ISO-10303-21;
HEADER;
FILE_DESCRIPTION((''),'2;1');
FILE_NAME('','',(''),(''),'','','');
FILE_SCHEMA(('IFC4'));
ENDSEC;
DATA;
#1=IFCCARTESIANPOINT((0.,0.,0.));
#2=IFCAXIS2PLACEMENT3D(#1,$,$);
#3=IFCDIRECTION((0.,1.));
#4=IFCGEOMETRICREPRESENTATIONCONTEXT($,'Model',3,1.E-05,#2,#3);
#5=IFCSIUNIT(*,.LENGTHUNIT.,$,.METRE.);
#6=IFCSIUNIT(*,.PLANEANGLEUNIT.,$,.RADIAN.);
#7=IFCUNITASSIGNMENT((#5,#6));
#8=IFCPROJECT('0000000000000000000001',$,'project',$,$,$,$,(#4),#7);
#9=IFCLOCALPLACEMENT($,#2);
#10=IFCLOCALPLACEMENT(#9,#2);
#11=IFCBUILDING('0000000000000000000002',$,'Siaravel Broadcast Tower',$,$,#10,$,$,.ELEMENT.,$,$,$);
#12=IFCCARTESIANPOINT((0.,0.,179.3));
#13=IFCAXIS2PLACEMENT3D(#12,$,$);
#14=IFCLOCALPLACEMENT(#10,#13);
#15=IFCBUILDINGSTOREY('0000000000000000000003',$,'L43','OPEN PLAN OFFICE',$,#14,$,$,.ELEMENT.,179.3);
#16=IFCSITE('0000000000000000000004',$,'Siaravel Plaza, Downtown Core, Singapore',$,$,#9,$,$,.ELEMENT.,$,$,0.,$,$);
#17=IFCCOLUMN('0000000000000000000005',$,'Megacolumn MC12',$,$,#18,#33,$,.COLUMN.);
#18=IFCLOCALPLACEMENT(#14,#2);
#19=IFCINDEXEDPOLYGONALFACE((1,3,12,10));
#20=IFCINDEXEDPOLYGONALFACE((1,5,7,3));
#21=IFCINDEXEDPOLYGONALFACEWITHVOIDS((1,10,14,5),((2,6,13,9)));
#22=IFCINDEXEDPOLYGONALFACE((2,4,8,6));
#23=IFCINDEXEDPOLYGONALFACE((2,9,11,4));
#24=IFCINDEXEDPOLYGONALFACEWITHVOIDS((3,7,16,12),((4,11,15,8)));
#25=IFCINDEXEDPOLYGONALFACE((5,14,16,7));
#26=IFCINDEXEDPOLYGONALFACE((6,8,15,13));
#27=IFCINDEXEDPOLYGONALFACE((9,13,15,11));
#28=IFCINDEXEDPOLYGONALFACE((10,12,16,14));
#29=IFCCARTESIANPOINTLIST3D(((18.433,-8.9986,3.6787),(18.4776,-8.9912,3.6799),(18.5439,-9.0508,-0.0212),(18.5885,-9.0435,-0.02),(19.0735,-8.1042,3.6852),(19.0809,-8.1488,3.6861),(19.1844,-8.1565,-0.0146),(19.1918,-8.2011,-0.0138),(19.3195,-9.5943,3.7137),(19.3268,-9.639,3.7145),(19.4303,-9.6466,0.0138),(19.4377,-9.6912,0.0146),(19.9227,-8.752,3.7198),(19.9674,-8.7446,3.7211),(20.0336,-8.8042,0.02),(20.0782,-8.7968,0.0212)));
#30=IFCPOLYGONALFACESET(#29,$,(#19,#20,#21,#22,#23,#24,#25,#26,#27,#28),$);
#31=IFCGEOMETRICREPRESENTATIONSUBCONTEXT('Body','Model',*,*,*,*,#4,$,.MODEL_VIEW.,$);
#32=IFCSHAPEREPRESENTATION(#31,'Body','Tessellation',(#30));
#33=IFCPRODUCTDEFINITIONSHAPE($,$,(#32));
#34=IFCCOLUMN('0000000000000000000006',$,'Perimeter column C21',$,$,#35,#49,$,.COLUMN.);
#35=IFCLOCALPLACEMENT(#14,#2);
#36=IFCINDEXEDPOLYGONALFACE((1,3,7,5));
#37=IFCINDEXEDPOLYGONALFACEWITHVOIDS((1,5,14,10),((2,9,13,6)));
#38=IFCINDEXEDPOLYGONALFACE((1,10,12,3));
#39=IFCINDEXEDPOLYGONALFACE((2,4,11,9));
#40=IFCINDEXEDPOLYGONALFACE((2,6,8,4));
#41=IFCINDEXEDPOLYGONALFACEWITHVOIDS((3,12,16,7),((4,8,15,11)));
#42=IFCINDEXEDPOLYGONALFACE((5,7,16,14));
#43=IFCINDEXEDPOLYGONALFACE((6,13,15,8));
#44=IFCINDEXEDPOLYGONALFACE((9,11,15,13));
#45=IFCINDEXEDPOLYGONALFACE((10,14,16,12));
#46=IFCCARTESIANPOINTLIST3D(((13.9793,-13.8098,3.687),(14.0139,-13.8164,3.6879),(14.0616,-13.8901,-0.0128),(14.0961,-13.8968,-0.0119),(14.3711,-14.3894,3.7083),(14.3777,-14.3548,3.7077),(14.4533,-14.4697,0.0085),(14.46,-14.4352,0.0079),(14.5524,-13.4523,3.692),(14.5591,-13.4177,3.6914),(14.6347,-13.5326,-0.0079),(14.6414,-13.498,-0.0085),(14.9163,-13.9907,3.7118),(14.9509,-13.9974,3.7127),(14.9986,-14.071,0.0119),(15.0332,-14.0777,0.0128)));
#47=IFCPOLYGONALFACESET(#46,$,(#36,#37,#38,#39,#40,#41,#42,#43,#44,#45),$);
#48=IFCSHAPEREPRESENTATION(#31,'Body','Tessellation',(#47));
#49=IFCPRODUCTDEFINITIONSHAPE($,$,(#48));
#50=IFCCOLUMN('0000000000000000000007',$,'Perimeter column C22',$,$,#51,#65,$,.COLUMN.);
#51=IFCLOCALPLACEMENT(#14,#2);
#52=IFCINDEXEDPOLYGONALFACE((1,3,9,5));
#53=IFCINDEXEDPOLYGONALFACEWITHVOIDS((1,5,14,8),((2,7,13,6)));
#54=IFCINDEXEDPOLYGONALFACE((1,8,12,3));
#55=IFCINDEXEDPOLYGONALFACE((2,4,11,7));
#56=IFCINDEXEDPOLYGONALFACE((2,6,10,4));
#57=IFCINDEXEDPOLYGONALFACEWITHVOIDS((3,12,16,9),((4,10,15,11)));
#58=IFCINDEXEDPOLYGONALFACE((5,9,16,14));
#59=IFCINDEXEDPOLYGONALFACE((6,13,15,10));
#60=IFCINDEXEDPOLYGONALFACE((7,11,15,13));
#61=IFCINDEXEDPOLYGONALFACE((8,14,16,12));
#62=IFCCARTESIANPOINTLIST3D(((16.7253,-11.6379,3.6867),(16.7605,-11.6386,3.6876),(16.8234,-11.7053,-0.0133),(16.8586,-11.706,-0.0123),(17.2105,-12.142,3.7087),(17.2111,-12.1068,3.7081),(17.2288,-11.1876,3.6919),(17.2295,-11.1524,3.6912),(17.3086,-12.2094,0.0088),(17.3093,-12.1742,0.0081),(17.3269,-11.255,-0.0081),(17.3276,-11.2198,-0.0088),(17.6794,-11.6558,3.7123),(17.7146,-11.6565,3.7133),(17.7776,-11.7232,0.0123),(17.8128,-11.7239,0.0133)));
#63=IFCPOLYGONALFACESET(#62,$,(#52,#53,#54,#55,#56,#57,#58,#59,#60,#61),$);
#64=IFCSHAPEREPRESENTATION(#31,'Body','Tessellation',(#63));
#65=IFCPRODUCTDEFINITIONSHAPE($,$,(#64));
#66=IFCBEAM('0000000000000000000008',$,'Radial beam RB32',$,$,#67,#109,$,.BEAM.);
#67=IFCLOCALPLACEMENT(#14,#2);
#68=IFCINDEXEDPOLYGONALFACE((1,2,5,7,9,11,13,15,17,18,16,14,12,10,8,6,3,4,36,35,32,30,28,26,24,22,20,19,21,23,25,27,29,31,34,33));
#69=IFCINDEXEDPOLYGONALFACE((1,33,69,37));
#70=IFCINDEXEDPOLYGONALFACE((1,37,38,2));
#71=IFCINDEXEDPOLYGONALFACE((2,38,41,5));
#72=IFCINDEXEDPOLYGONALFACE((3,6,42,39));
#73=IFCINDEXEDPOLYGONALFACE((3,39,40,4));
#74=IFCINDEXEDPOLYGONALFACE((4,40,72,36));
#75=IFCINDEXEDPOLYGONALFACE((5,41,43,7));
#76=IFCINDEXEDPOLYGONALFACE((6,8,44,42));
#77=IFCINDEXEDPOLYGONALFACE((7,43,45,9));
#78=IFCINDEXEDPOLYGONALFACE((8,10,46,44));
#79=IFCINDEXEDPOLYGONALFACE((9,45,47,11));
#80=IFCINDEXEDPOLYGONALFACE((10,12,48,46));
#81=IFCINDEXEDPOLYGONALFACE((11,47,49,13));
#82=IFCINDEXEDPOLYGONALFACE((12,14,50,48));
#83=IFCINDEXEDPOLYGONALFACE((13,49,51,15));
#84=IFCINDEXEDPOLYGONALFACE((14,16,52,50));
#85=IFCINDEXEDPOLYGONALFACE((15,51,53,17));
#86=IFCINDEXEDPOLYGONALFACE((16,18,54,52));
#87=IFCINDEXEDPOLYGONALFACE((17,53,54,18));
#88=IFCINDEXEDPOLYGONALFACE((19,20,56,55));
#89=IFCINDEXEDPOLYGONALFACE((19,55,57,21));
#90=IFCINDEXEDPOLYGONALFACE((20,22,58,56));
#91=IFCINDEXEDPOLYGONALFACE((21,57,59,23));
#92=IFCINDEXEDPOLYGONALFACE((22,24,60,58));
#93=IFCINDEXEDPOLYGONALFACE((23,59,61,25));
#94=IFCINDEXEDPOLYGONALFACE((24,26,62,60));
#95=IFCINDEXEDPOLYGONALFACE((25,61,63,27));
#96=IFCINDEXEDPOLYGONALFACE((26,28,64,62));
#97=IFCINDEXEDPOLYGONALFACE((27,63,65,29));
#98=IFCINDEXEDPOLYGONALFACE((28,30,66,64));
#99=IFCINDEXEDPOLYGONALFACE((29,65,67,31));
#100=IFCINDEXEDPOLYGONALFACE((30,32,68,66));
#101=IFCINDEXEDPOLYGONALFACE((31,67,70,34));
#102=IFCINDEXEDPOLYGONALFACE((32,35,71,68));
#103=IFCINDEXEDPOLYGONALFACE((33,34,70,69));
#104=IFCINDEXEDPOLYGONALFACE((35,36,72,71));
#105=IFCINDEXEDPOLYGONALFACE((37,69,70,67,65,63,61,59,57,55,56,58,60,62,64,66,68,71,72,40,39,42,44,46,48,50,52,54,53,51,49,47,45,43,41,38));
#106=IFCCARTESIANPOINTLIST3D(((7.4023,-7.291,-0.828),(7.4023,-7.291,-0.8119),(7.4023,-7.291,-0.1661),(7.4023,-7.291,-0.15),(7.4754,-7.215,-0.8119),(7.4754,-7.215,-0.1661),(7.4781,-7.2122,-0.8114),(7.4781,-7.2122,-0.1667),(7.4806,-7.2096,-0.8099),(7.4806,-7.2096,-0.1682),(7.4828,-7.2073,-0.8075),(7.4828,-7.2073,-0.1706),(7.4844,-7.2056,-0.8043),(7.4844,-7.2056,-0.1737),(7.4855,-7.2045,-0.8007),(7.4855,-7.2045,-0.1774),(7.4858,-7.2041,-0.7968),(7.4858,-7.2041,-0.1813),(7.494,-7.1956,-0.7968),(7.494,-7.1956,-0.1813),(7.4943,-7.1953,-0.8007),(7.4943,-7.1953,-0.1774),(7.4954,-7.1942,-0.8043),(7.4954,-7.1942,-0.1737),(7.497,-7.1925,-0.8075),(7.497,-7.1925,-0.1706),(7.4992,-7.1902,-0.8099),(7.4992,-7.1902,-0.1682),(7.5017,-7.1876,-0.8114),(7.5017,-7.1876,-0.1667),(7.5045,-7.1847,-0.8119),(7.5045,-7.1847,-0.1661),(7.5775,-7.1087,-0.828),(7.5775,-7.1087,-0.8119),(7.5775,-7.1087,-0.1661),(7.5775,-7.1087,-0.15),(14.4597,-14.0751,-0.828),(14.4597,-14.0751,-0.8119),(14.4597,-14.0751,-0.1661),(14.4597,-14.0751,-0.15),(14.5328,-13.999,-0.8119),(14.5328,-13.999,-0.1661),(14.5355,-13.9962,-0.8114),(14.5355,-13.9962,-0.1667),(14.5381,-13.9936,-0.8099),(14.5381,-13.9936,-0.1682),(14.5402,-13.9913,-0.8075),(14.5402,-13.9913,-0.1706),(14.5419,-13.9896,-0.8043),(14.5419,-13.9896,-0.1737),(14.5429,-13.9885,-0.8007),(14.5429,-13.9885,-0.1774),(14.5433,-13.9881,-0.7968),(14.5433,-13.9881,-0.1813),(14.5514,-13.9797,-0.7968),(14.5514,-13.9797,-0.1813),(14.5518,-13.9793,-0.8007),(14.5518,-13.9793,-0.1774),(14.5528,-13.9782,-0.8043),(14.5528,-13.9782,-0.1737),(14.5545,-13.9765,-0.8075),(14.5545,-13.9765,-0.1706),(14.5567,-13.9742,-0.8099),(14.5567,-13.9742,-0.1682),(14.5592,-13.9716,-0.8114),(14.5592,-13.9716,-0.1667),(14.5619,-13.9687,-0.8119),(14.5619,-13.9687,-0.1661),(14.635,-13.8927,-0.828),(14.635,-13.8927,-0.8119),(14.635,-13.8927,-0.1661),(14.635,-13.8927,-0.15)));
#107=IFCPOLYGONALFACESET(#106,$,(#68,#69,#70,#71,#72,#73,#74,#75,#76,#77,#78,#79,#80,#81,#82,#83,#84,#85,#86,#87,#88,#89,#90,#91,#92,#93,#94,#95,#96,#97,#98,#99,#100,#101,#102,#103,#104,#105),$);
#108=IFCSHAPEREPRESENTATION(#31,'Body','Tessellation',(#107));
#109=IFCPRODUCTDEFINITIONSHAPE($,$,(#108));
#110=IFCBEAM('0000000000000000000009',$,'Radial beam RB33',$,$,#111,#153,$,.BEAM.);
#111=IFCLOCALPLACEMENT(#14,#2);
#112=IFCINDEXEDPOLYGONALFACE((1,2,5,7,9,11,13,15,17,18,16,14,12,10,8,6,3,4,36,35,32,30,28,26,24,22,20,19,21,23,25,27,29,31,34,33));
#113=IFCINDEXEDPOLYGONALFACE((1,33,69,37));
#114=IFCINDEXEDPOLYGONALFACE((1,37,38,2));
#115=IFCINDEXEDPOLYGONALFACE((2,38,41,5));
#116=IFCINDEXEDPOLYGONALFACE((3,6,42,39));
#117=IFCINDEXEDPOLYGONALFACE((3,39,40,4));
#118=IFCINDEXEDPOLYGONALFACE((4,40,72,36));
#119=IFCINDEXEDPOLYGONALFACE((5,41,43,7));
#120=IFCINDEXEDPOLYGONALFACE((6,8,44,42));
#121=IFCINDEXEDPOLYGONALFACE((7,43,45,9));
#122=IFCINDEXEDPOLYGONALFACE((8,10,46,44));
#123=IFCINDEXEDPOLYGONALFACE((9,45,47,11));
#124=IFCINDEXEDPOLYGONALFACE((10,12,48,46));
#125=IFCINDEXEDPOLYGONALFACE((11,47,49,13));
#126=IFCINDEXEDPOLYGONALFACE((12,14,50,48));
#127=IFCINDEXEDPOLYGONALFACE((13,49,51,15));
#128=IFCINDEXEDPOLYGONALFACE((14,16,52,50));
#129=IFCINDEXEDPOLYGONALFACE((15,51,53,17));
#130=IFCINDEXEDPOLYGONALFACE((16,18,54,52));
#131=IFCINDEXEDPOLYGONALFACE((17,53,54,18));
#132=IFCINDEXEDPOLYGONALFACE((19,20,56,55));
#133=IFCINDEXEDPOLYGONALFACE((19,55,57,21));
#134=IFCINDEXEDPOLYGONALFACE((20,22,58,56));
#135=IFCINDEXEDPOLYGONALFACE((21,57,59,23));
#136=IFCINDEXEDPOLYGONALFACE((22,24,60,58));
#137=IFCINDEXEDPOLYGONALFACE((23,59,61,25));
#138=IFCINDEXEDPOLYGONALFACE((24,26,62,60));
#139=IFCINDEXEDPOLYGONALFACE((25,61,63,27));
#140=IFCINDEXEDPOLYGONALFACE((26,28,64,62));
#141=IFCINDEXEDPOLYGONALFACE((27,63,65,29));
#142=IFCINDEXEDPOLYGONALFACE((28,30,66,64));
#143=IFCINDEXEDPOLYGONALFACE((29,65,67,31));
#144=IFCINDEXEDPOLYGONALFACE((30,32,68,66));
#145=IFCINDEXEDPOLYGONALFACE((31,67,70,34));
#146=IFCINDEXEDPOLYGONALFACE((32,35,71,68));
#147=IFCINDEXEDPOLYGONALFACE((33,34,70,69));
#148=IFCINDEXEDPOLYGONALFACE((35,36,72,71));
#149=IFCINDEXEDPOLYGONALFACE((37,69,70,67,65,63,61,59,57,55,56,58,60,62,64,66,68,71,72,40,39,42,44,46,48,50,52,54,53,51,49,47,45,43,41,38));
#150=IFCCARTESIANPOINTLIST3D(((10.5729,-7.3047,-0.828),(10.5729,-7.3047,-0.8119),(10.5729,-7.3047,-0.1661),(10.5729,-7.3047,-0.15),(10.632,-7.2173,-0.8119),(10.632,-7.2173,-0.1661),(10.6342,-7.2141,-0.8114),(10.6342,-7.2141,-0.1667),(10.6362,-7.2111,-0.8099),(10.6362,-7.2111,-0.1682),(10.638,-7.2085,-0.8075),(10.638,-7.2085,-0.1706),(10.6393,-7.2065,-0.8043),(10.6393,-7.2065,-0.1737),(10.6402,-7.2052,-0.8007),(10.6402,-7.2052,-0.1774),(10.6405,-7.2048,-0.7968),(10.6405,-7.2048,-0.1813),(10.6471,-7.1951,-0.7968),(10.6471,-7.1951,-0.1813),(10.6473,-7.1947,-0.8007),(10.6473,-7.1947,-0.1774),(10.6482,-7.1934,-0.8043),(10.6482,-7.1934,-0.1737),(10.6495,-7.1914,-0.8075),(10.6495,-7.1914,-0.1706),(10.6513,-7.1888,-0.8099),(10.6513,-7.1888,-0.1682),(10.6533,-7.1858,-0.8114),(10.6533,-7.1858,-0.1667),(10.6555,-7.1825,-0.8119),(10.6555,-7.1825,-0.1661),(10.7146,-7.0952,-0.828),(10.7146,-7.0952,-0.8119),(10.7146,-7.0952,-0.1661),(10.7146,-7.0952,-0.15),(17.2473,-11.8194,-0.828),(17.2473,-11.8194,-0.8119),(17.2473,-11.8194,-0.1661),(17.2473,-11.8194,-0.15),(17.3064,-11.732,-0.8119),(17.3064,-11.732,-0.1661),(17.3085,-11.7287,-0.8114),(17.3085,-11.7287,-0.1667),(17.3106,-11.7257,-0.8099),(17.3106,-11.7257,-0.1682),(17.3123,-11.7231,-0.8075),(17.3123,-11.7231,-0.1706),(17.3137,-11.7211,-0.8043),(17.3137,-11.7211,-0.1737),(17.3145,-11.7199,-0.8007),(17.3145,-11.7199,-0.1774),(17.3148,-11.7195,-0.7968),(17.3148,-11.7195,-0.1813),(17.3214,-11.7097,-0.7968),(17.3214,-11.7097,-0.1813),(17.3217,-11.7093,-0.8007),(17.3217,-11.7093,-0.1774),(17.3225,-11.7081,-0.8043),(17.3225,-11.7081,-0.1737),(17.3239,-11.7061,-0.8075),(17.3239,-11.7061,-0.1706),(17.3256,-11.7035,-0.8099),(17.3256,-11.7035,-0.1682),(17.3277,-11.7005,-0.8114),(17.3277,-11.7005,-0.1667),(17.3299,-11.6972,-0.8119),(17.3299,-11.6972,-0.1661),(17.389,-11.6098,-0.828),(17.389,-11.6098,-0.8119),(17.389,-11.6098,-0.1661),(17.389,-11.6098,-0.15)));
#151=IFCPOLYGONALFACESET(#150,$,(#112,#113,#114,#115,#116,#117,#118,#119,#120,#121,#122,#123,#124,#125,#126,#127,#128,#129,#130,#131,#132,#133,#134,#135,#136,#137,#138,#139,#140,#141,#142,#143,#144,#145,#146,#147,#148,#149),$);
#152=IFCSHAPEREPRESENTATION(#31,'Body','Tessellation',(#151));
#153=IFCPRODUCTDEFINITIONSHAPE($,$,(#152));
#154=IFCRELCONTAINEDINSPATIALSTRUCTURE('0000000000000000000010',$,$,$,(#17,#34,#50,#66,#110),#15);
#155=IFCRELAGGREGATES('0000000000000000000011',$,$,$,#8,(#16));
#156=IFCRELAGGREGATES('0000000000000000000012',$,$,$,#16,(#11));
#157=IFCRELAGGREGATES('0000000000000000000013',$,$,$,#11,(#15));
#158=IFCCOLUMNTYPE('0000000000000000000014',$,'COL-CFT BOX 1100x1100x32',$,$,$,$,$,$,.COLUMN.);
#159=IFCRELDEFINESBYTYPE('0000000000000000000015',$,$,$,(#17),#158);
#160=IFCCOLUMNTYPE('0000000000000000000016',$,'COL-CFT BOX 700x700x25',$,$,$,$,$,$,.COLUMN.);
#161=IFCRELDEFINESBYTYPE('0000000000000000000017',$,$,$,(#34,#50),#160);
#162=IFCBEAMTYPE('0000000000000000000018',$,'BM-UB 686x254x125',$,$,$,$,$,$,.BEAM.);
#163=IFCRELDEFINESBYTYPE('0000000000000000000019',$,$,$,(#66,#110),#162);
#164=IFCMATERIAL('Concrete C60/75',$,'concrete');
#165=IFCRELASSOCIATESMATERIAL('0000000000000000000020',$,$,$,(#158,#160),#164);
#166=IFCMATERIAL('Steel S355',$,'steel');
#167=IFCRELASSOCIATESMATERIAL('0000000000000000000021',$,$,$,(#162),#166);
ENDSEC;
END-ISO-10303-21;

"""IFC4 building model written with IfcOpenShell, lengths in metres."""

from ifc_helpers import new_model, si_unit, direction, frame, origin, origin_2d, place, context, subcontext, project, spatial, hollow_rectangle, i_section, extrude, material, material_profile, profile_set, type_object, element, save


model = new_model("IFC4")

# Units and contexts
model_context = context("Model", 3, precision=1e-05, world=origin(), true_north=direction((0.0, 1.0)))
body_context = subcontext(model_context, "Body", "Model", "MODEL_VIEW")
ifc_project = project(units=[si_unit("LENGTHUNIT", "METRE"), si_unit("PLANEANGLEUNIT", "RADIAN")], contexts=[model_context])

# Site, building, storey
site_placement = place(None, origin())
site = spatial("IfcSite", under=ifc_project, at=site_placement, Name="Siaravel Plaza, Downtown Core, Singapore", CompositionType="ELEMENT", RefElevation=0.0)
building_placement = place(site_placement, origin())
building = spatial("IfcBuilding", under=site, at=building_placement, Name="Siaravel Broadcast Tower", CompositionType="ELEMENT")
storey_placement = place(building_placement, frame((0.0, 0.0, 179.3)))
storey = spatial("IfcBuildingStorey", under=building, at=storey_placement, Name="L43", Description="OPEN PLAN OFFICE", CompositionType="ELEMENT", Elevation=179.3)

# Columns
ifc_material_1 = material(Name="Concrete C60/75", Category="concrete")
ifc_material_profile_1 = material_profile(ifc_material_1, hollow_rectangle(XDim=1.1001, YDim=1.1001, WallThickness=0.032, at=origin_2d()))
ifc_profile_set_1 = profile_set([ifc_material_profile_1], Name="Concrete C60/75")
column_type_1 = type_object("IfcColumnType", Name="COL-CFT BOX 1100x1100x32", PredefinedType="COLUMN", material=ifc_profile_set_1)
column_1_placement = place(storey_placement, frame((19.311, -8.9238, 0.0), z_axis=(-0.029941, 0.014113, 0.999452), x_axis=(-0.582226, -0.813005, -0.005962)))
element("IfcColumn", 1, at=column_1_placement, inside=storey, type_object=column_type_1, Name="Megacolumn MC12", PredefinedType="COLUMN", context=body_context, shape_type="SweptSolid", body=[
    extrude(hollow_rectangle(XDim=1.1001, YDim=1.1001, WallThickness=0.032, at=origin_2d()), origin(), (0.0, 0.0, 1.0), 3.7019),
])
ifc_material_profile_2 = material_profile(ifc_material_1, hollow_rectangle(XDim=0.7, YDim=0.7, WallThickness=0.0249, at=origin_2d()))
ifc_profile_set_2 = profile_set([ifc_material_profile_2], Name="Concrete C60/75")
column_type_2 = type_object("IfcColumnType", Name="COL-CFT BOX 700x700x25", PredefinedType="COLUMN", material=ifc_profile_set_2)
column_2_placement = place(storey_placement, frame((14.5474, -13.9839, 0.0), z_axis=(-0.022226, 0.021699, 0.999517), x_axis=(-0.828399, -0.560103, -0.006262)))
element("IfcColumn", 2, at=column_2_placement, inside=storey, type_object=column_type_2, Name="Perimeter column C21", PredefinedType="COLUMN", context=body_context, shape_type="SweptSolid", body=[
    extrude(hollow_rectangle(XDim=0.7, YDim=0.7, WallThickness=0.0249, at=origin_2d()), origin(), (0.0, 0.0, 1.0), 3.7017),
])
column_3_placement = place(storey_placement, frame((17.3181, -11.7146, 0.0), z_axis=(-0.026512, 0.018202, 0.999483), x_axis=(-0.720311, -0.693622, -0.006475)))
element("IfcColumn", 3, at=column_3_placement, inside=storey, type_object=column_type_2, Name="Perimeter column C22", PredefinedType="COLUMN", context=body_context, shape_type="SweptSolid", body=[
    extrude(hollow_rectangle(XDim=0.7, YDim=0.7, WallThickness=0.0249, at=origin_2d()), origin(), (0.0, 0.0, 1.0), 3.7019),
])

# Beams
ifc_material_2 = material(Name="Steel S355", Category="steel")
ifc_material_profile_3 = material_profile(ifc_material_2, i_section(OverallWidth=0.2529, OverallDepth=0.678, WebThickness=0.0117, FlangeThickness=0.0161, FilletRadius=0.0151, at=origin_2d()))
ifc_profile_set_3 = profile_set([ifc_material_profile_3], Name="Steel S355")
beam_type = type_object("IfcBeamType", Name="BM-UB 686x254x125", PredefinedType="BEAM", material=ifc_profile_set_3)
beam_1_placement = place(storey_placement, frame((14.5474, -13.9839, -0.489), z_axis=(-0.720935, 0.693003, 0.0), x_axis=(-0.693003, -0.720935, 0.0)))
element("IfcBeam", 4, at=beam_1_placement, inside=storey, type_object=beam_type, Name="Radial beam RB32", PredefinedType="BEAM", context=body_context, shape_type="SweptSolid", body=[
    extrude(i_section(OverallWidth=0.2529, OverallDepth=0.678, WebThickness=0.0117, FlangeThickness=0.0161, FilletRadius=0.0151, at=origin_2d()), origin(), (0.0, 0.0, 1.0), 9.7893),
])
beam_2_placement = place(storey_placement, frame((17.3181, -11.7146, -0.489), z_axis=(-0.828302, 0.560281, 0.0), x_axis=(-0.560281, -0.828302, 0.0)))
element("IfcBeam", 5, at=beam_2_placement, inside=storey, type_object=beam_type, Name="Radial beam RB33", PredefinedType="BEAM", context=body_context, shape_type="SweptSolid", body=[
    extrude(i_section(OverallWidth=0.2529, OverallDepth=0.678, WebThickness=0.0117, FlangeThickness=0.0161, FilletRadius=0.0151, at=origin_2d()), origin(), (0.0, 0.0, 1.0), 8.0579),
])

save(model, "model.ifc")
